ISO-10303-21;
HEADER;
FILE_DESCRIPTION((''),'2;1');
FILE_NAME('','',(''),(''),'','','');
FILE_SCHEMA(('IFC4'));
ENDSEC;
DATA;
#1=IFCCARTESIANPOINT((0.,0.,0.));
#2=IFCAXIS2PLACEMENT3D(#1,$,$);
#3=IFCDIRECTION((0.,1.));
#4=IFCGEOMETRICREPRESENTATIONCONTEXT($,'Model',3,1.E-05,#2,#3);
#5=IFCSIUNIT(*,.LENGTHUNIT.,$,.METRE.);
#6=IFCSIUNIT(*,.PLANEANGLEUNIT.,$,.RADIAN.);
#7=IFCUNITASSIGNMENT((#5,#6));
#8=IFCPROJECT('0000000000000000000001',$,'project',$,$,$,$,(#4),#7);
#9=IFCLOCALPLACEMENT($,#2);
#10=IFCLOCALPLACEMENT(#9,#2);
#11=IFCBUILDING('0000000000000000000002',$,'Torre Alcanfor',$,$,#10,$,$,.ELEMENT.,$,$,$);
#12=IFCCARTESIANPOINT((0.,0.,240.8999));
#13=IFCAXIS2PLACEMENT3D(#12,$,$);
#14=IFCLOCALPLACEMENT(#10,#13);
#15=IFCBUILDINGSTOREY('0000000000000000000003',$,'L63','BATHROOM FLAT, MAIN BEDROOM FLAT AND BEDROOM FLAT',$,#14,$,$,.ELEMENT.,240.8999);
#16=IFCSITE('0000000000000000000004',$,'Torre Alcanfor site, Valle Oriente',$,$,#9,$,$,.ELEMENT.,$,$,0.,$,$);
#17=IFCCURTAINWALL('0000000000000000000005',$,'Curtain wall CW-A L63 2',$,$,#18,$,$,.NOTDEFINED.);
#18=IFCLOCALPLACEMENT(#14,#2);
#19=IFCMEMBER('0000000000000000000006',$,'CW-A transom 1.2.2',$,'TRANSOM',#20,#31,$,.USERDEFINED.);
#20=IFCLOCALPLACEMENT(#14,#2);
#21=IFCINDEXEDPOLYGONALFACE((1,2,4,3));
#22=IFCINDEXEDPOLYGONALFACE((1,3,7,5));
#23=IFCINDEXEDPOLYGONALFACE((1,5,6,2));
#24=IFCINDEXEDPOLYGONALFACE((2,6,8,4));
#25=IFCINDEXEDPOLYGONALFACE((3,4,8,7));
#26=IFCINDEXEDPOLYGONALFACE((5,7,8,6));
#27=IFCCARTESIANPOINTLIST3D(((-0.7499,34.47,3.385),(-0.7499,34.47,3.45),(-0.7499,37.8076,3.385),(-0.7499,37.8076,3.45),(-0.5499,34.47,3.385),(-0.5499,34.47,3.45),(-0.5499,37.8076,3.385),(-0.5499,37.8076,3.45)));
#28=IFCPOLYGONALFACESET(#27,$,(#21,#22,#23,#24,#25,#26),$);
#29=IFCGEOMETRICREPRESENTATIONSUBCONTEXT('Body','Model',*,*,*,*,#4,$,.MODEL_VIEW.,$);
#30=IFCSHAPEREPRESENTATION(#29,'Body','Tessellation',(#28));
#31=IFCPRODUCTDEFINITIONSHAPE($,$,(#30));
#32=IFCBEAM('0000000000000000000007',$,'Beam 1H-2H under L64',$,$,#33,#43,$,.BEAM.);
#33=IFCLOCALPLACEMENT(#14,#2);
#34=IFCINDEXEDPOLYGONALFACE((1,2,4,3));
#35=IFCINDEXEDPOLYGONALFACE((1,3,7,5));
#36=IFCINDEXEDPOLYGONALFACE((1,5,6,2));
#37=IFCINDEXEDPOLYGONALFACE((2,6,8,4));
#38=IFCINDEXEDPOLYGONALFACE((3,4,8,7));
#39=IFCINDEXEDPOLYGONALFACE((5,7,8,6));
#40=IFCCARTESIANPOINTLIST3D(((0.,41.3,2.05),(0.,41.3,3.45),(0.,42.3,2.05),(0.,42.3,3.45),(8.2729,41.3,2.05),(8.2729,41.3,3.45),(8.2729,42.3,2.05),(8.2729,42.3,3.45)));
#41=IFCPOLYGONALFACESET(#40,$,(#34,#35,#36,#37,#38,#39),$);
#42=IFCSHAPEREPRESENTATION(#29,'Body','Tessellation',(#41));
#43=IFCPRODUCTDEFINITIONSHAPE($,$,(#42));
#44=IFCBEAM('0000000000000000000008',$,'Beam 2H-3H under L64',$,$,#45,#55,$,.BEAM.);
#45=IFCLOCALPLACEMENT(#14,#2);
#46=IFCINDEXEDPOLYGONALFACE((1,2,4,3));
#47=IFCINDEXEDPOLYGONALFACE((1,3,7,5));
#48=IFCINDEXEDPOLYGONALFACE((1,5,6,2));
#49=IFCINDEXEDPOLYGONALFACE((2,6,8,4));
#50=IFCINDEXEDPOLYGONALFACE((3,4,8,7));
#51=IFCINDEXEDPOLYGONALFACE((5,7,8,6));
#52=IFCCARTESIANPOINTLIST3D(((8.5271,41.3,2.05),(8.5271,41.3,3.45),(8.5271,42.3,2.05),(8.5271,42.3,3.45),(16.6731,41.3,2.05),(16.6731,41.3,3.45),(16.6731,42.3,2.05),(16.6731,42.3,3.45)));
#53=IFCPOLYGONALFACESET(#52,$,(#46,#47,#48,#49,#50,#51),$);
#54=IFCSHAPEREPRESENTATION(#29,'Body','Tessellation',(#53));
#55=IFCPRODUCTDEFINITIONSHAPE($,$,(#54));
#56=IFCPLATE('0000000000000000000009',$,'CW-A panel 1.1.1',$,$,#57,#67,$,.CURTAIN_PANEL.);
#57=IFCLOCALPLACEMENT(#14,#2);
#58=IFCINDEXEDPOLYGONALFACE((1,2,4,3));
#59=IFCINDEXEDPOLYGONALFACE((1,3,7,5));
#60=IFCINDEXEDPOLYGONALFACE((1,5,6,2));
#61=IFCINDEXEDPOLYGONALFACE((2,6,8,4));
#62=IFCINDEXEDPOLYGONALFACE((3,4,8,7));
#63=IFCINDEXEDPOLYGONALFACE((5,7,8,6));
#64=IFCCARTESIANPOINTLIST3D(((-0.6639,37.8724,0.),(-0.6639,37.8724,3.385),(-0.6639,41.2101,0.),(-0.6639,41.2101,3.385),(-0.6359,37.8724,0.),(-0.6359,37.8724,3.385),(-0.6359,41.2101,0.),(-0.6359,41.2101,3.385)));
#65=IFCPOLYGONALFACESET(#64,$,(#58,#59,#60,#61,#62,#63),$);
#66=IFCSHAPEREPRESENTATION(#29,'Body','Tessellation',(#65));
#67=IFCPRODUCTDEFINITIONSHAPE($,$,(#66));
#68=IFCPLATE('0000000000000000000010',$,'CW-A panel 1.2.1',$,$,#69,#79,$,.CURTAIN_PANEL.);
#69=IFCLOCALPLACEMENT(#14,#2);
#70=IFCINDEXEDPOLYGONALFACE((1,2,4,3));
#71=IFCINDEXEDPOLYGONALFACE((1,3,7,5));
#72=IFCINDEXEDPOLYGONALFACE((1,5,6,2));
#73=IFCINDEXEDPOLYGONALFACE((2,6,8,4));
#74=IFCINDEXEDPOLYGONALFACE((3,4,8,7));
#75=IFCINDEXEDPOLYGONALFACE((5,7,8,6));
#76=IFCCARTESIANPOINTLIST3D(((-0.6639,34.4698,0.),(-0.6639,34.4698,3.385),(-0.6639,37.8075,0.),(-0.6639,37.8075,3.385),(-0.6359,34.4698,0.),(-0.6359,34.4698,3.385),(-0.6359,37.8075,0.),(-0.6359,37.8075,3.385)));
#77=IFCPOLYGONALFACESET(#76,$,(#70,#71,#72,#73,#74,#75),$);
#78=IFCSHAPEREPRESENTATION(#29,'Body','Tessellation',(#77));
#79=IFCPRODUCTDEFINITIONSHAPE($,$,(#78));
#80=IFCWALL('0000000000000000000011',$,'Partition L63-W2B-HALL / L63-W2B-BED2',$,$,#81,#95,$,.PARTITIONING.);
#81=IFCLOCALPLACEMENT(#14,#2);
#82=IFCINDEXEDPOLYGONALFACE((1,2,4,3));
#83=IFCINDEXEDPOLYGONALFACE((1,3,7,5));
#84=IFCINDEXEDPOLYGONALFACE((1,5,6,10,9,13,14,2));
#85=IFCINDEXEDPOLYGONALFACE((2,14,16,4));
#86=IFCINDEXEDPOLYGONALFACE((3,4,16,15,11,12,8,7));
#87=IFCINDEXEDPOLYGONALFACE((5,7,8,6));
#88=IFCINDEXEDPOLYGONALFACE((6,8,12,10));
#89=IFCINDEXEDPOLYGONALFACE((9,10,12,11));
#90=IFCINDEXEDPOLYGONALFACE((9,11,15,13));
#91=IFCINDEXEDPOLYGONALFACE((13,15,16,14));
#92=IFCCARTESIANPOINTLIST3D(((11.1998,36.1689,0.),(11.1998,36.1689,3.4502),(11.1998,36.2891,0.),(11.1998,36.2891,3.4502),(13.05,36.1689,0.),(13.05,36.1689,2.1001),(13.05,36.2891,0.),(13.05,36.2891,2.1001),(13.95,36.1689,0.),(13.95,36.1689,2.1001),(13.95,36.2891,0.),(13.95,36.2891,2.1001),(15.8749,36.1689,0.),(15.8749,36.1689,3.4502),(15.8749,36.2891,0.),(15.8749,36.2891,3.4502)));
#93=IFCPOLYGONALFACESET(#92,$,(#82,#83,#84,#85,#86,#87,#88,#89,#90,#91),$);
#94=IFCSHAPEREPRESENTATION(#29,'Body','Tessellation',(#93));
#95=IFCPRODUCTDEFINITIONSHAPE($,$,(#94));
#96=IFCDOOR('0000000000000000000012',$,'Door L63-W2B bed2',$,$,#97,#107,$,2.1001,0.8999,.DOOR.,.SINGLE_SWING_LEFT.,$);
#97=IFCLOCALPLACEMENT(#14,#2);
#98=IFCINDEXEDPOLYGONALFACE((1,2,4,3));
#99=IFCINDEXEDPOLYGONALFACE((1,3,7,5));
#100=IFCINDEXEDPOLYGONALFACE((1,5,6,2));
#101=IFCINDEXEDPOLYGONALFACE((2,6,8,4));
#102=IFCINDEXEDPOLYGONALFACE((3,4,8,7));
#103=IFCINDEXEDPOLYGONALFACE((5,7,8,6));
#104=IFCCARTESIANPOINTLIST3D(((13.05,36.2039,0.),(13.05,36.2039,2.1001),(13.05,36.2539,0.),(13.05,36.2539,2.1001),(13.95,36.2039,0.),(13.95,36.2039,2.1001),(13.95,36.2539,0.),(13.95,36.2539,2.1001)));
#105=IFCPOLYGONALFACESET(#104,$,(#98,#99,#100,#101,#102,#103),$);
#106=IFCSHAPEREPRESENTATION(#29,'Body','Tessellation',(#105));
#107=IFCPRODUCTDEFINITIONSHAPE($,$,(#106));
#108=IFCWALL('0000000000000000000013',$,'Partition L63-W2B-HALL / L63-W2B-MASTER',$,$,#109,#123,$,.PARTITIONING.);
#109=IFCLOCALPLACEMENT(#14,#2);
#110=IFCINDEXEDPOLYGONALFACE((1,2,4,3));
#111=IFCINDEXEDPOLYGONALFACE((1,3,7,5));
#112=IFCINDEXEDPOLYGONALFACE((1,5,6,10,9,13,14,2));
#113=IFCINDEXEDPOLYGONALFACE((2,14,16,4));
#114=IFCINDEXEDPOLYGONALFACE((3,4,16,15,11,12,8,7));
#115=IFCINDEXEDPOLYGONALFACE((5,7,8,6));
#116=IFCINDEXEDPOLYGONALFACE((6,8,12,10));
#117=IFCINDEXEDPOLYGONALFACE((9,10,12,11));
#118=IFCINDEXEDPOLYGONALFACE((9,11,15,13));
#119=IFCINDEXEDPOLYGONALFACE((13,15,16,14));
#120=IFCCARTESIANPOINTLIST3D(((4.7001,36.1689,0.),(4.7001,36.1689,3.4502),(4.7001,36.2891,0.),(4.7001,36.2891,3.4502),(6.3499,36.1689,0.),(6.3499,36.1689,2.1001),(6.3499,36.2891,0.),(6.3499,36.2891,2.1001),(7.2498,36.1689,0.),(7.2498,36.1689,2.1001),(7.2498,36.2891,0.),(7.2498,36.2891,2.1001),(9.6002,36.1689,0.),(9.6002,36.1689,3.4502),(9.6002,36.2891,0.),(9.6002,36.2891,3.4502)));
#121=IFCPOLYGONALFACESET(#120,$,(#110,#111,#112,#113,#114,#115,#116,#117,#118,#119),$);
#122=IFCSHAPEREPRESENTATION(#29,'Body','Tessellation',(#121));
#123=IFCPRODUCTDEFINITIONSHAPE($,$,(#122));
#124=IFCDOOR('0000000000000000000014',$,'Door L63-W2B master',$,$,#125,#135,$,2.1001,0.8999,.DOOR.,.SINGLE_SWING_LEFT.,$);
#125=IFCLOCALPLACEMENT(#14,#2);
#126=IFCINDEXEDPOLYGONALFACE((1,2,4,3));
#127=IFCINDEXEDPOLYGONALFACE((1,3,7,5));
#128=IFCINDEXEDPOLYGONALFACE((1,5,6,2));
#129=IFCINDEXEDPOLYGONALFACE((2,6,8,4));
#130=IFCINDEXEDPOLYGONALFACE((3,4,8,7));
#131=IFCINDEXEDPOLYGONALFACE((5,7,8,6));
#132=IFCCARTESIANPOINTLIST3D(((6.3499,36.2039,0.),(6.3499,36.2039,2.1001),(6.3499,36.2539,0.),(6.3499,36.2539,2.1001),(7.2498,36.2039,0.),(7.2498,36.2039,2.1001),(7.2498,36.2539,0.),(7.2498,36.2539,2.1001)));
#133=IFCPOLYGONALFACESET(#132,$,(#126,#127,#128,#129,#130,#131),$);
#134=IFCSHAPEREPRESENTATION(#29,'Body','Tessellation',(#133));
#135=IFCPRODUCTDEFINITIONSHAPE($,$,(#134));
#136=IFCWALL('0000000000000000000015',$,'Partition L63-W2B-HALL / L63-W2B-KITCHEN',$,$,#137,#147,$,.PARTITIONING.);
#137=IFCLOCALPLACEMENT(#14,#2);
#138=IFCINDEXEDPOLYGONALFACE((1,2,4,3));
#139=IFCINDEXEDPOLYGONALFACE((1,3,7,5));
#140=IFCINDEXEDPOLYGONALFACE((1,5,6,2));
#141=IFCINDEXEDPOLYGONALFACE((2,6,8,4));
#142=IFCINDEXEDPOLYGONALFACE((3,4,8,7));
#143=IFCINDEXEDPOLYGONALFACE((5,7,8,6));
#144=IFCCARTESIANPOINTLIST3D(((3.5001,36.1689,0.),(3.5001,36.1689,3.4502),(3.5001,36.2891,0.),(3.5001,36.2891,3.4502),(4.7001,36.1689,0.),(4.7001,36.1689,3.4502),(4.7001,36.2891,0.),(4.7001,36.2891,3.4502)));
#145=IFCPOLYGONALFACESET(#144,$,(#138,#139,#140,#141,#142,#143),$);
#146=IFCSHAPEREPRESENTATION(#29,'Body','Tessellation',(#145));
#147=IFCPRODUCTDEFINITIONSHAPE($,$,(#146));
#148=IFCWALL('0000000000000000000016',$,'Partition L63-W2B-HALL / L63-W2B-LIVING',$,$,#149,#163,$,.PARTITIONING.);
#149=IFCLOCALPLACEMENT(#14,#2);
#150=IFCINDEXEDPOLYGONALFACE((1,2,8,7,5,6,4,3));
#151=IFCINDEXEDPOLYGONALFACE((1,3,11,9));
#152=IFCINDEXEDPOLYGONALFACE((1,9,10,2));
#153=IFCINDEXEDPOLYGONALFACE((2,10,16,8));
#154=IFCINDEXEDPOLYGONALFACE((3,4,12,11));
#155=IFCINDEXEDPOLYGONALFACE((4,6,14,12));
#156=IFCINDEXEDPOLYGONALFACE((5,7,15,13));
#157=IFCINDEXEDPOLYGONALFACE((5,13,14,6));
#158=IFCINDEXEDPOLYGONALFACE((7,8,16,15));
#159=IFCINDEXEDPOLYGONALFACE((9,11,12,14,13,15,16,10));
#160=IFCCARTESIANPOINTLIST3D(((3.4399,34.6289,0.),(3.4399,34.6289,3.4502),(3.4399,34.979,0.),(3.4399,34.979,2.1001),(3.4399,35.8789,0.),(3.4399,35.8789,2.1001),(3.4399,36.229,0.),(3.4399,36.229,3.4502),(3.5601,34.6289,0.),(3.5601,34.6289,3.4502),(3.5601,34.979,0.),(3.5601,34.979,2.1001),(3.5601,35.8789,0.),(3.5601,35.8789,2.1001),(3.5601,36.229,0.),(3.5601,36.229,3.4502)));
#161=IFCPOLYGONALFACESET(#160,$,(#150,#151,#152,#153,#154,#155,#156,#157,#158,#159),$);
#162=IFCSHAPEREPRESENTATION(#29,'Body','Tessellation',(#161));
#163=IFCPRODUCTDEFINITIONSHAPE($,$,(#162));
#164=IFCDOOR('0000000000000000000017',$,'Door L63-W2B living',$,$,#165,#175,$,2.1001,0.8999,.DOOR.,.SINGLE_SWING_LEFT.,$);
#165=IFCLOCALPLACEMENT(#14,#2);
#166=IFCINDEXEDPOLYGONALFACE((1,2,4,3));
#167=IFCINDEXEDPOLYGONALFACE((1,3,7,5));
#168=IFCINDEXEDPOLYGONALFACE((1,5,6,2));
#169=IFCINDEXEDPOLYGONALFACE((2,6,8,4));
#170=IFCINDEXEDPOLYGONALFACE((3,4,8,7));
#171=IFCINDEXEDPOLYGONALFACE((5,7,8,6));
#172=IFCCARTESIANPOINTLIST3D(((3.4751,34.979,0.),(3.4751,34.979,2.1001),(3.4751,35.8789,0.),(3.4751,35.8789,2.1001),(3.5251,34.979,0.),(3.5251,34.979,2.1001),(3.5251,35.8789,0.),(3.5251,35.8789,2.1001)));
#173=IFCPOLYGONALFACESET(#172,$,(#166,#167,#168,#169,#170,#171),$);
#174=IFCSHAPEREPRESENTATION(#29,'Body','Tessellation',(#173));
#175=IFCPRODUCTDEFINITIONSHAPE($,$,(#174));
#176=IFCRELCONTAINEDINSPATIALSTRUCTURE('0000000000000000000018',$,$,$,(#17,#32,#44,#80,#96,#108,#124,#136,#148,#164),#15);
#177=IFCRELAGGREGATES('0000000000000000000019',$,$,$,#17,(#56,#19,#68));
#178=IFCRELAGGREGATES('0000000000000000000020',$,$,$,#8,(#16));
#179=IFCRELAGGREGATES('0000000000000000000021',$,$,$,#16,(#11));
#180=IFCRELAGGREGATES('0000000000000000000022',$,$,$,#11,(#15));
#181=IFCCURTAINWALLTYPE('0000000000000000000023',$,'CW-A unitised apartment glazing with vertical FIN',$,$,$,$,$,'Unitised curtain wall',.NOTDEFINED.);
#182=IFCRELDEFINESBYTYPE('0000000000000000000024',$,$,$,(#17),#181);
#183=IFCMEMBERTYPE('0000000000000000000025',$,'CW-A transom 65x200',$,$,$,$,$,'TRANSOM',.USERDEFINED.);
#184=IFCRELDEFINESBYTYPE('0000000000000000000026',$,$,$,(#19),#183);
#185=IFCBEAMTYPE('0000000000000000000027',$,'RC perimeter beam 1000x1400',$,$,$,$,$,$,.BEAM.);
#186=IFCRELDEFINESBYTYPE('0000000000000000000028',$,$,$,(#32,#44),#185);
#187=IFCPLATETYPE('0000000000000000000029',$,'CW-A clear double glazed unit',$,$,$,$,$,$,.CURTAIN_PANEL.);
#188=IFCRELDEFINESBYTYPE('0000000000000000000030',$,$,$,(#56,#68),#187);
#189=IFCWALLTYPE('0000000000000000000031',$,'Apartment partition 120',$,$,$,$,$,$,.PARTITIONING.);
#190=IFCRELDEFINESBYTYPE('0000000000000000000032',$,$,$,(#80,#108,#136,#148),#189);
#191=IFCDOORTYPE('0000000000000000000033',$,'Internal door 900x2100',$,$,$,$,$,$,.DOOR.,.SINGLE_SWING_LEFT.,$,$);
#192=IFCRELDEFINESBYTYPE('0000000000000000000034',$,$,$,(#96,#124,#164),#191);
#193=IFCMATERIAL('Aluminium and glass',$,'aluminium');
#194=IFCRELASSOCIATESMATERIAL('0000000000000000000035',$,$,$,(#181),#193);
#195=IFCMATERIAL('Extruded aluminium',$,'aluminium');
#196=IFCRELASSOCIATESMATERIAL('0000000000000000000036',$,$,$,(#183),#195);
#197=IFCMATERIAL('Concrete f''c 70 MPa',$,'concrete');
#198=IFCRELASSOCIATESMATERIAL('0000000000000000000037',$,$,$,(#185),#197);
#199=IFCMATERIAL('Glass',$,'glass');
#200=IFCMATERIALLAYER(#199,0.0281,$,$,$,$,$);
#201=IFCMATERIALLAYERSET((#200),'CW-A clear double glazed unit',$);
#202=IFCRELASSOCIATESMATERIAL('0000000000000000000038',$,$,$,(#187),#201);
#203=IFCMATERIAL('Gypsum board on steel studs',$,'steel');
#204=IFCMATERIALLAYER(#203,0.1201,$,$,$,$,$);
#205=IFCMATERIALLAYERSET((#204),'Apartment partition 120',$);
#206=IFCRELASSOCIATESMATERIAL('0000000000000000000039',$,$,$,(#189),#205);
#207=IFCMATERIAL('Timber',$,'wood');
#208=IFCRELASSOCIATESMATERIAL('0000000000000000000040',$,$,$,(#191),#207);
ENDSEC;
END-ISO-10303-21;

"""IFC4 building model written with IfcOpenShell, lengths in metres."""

from ifc_helpers import new_model, si_unit, direction, frame, frame_2d, origin, origin_2d, place, context, subcontext, project, spatial, rectangle, extrude, material, layer, layer_set, material_profile, profile_set, type_object, element, fill, aggregate, save


model = new_model("IFC4")

# Units and contexts
model_context = context("Model", 3, precision=1e-05, world=origin(), true_north=direction((0.0, 1.0)))
body_context = subcontext(model_context, "Body", "Model", "MODEL_VIEW")
ifc_project = project(units=[si_unit("LENGTHUNIT", "METRE"), si_unit("PLANEANGLEUNIT", "RADIAN")], contexts=[model_context])

# Site, building, storey
site_placement = place(None, origin())
site = spatial("IfcSite", under=ifc_project, at=site_placement, Name="Torre Alcanfor site, Valle Oriente", CompositionType="ELEMENT", RefElevation=0.0)
building_placement = place(site_placement, origin())
building = spatial("IfcBuilding", under=site, at=building_placement, Name="Torre Alcanfor", CompositionType="ELEMENT")
storey_placement = place(building_placement, frame((0.0, 0.0, 240.8999)))
storey = spatial("IfcBuildingStorey", under=building, at=storey_placement, Name="L63", Description="BATHROOM FLAT, MAIN BEDROOM FLAT AND BEDROOM FLAT", CompositionType="ELEMENT", Elevation=240.8999)

# Curtain wall, member
ifc_material_1 = material(Name="Aluminium and glass", Category="aluminium")
curtain_wall_type = type_object("IfcCurtainWallType", Name="CW-A unitised apartment glazing with vertical FIN", ElementType="Unitised curtain wall", PredefinedType="NOTDEFINED", material=ifc_material_1)
curtain_wall_placement = place(storey_placement, origin())
curtain_wall = element("IfcCurtainWall", 1, at=curtain_wall_placement, inside=storey, type_object=curtain_wall_type, Name="Curtain wall CW-A L63 2", PredefinedType="NOTDEFINED")
ifc_material_2 = material(Name="Extruded aluminium", Category="aluminium")
ifc_material_profile_1 = material_profile(ifc_material_2, rectangle(XDim=0.2, YDim=0.0649, at=origin_2d()), Name="CW-A transom 200x65")
ifc_profile_set_1 = profile_set([ifc_material_profile_1], Name="Extruded aluminium")
member_type_1 = type_object("IfcMemberType", Name="CW-A transom 65x200", ElementType="TRANSOM", PredefinedType="USERDEFINED", material=ifc_profile_set_1)
member_1_placement = place(storey_placement, frame((-0.6499, 37.8076, 3.4175), z_axis=(0.0, -1.0, 0.0), x_axis=(1.0, 0.0, 0.0)))
member_1 = element("IfcMember", 2, at=member_1_placement, type_object=member_type_1, Name="CW-A transom 1.2.2", ObjectType="TRANSOM", PredefinedType="USERDEFINED", context=body_context, shape_type="SweptSolid", body=[
    extrude(rectangle(XDim=0.2, YDim=0.0649, at=origin_2d()), origin(), (0.0, 0.0, 1.0), 3.3376),
])

# Beams
ifc_material_3 = material(Name="Concrete f'c 70 MPa", Category="concrete")
ifc_material_profile_2 = material_profile(ifc_material_3, rectangle(XDim=1.0, YDim=1.3999, at=origin_2d()), Name="1000x1400")
ifc_profile_set_2 = profile_set([ifc_material_profile_2], Name="Concrete f'c 70 MPa")
beam_type_1 = type_object("IfcBeamType", Name="RC perimeter beam 1000x1400", PredefinedType="BEAM", material=ifc_profile_set_2)
beam_1_placement = place(storey_placement, frame((0.0, 41.8, 2.75), z_axis=(1.0, 0.0, 0.0), x_axis=(0.0, 1.0, 0.0)))
element("IfcBeam", 3, at=beam_1_placement, inside=storey, type_object=beam_type_1, Name="Beam 1H-2H under L64", PredefinedType="BEAM", context=body_context, shape_type="SweptSolid", body=[
    extrude(rectangle(XDim=1.0, YDim=1.3999, at=origin_2d()), origin(), (0.0, 0.0, 1.0), 8.2729),
])
beam_2_placement = place(storey_placement, frame((8.5271, 41.8, 2.75), z_axis=(1.0, 0.0, 0.0), x_axis=(0.0, 1.0, 0.0)))
element("IfcBeam", 4, at=beam_2_placement, inside=storey, type_object=beam_type_1, Name="Beam 2H-3H under L64", PredefinedType="BEAM", context=body_context, shape_type="SweptSolid", body=[
    extrude(rectangle(XDim=1.0, YDim=1.3999, at=origin_2d()), origin(), (0.0, 0.0, 1.0), 8.146),
])

# Plates
ifc_material_4 = material(Name="Glass", Category="glass")
ifc_layer_1 = layer(ifc_material_4, 0.0281)
ifc_layer_set_1 = layer_set([ifc_layer_1], Name="CW-A clear double glazed unit")
plate_type = type_object("IfcPlateType", Name="CW-A clear double glazed unit", PredefinedType="CURTAIN_PANEL", material=ifc_layer_set_1)
plate_1_placement = place(storey_placement, frame((-0.6499, 39.5413, 0.0), z_axis=(0.0, 0.0, 1.0), x_axis=(0.0, -1.0, 0.0)))
plate_1 = element("IfcPlate", 5, at=plate_1_placement, type_object=plate_type, Name="CW-A panel 1.1.1", PredefinedType="CURTAIN_PANEL", context=body_context, shape_type="SweptSolid", body=[
    extrude(rectangle(XDim=3.3376, YDim=0.0281, at=origin_2d()), origin(), (0.0, 0.0, 1.0), 3.385),
])
plate_2_placement = place(storey_placement, frame((-0.6499, 36.1387, 0.0), z_axis=(0.0, 0.0, 1.0), x_axis=(0.0, -1.0, 0.0)))
plate_2 = element("IfcPlate", 6, at=plate_2_placement, type_object=plate_type, Name="CW-A panel 1.2.1", PredefinedType="CURTAIN_PANEL", context=body_context, shape_type="SweptSolid", body=[
    extrude(rectangle(XDim=3.3376, YDim=0.0281, at=origin_2d()), origin(), (0.0, 0.0, 1.0), 3.385),
])
aggregate(curtain_wall, [plate_1, member_1, plate_2])

# Walls, openings, doors
ifc_material_5 = material(Name="Gypsum board on steel studs", Category="steel")
ifc_layer_2 = layer(ifc_material_5, 0.1201)
ifc_layer_set_2 = layer_set([ifc_layer_2], Name="Apartment partition 120")
wall_type_1 = type_object("IfcWallType", Name="Apartment partition 120", PredefinedType="PARTITIONING", material=ifc_layer_set_2)
wall_1_placement = place(storey_placement, frame((11.2, 36.229, 0.0), z_axis=(0.0, 0.0, 1.0), x_axis=(1.0, 0.0, 0.0)))
wall_1 = element("IfcWall", 7, at=wall_1_placement, inside=storey, type_object=wall_type_1, Name="Partition L63-W2B-HALL / L63-W2B-BED2", PredefinedType="PARTITIONING", context=body_context, shape_type="SweptSolid", body=[
    extrude(rectangle(XDim=4.675, YDim=0.1201, at=frame_2d((2.3374, 0.0))), origin(), (0.0, 0.0, 1.0), 3.4502),
])
opening_1_placement = place(wall_1_placement, frame((1.8501, 0.0, 0.0)))
opening_1 = element("IfcOpeningElement", 8, at=opening_1_placement, cuts=wall_1, PredefinedType="OPENING", context=body_context, shape_type="SweptSolid", body=[
    extrude(rectangle(XDim=0.8999, YDim=2.1001, at=frame_2d((0.45, 1.05))), frame((0.0, 0.0701, 0.0), z_axis=(0.0, -1.0, 0.0), x_axis=(1.0, 0.0, 0.0)), (0.0, 0.0, 1.0), 0.1401),
])
ifc_material_6 = material(Name="Timber", Category="wood")
door_type_1 = type_object("IfcDoorType", Name="Internal door 900x2100", OperationType="SINGLE_SWING_LEFT", PredefinedType="DOOR", material=ifc_material_6)
door_1_placement = place(opening_1_placement, origin())
door_1 = element("IfcDoor", 9, at=door_1_placement, inside=storey, type_object=door_type_1, Name="Door L63-W2B bed2", OperationType="SINGLE_SWING_LEFT", OverallHeight=2.1001, OverallWidth=0.8999, PredefinedType="DOOR", context=body_context, shape_type="SweptSolid", body=[
    extrude(rectangle(XDim=0.8999, YDim=2.1001, at=frame_2d((0.45, 1.05))), frame((0.0, 0.0249, 0.0), z_axis=(0.0, -1.0, 0.0), x_axis=(1.0, 0.0, 0.0)), (0.0, 0.0, 1.0), 0.05),
])
fill(opening_1, door_1)
wall_2_placement = place(storey_placement, frame((4.7, 36.229, 0.0), z_axis=(0.0, 0.0, 1.0), x_axis=(1.0, 0.0, 0.0)))
wall_2 = element("IfcWall", 10, at=wall_2_placement, inside=storey, type_object=wall_type_1, Name="Partition L63-W2B-HALL / L63-W2B-MASTER", PredefinedType="PARTITIONING", context=body_context, shape_type="SweptSolid", body=[
    extrude(rectangle(XDim=4.9001, YDim=0.1201, at=frame_2d((2.4502, 0.0))), origin(), (0.0, 0.0, 1.0), 3.4502),
])
opening_2_placement = place(wall_2_placement, frame((1.6499, 0.0, 0.0)))
opening_2 = element("IfcOpeningElement", 11, at=opening_2_placement, cuts=wall_2, PredefinedType="OPENING", context=body_context, shape_type="SweptSolid", body=[
    extrude(rectangle(XDim=0.8999, YDim=2.1001, at=frame_2d((0.45, 1.05))), frame((0.0, 0.0701, 0.0), z_axis=(0.0, -1.0, 0.0), x_axis=(1.0, 0.0, 0.0)), (0.0, 0.0, 1.0), 0.1401),
])
door_2_placement = place(opening_2_placement, origin())
door_2 = element("IfcDoor", 12, at=door_2_placement, inside=storey, type_object=door_type_1, Name="Door L63-W2B master", OperationType="SINGLE_SWING_LEFT", OverallHeight=2.1001, OverallWidth=0.8999, PredefinedType="DOOR", context=body_context, shape_type="SweptSolid", body=[
    extrude(rectangle(XDim=0.8999, YDim=2.1001, at=frame_2d((0.45, 1.05))), frame((0.0, 0.0249, 0.0), z_axis=(0.0, -1.0, 0.0), x_axis=(1.0, 0.0, 0.0)), (0.0, 0.0, 1.0), 0.05),
])
fill(opening_2, door_2)

# Wall
wall_3_placement = place(storey_placement, frame((3.5, 36.229, 0.0), z_axis=(0.0, 0.0, 1.0), x_axis=(1.0, 0.0, 0.0)))
element("IfcWall", 13, at=wall_3_placement, inside=storey, type_object=wall_type_1, Name="Partition L63-W2B-HALL / L63-W2B-KITCHEN", PredefinedType="PARTITIONING", context=body_context, shape_type="SweptSolid", body=[
    extrude(rectangle(XDim=1.2, YDim=0.1201, at=frame_2d((0.6001, 0.0))), origin(), (0.0, 0.0, 1.0), 3.4502),
])

# Wall, opening, door
wall_4_placement = place(storey_placement, frame((3.5, 34.6289, 0.0), z_axis=(0.0, 0.0, 1.0), x_axis=(0.0, 1.0, 0.0)))
wall_4 = element("IfcWall", 14, at=wall_4_placement, inside=storey, type_object=wall_type_1, Name="Partition L63-W2B-HALL / L63-W2B-LIVING", PredefinedType="PARTITIONING", context=body_context, shape_type="SweptSolid", body=[
    extrude(rectangle(XDim=1.6001, YDim=0.1201, at=frame_2d((0.8, 0.0))), origin(), (0.0, 0.0, 1.0), 3.4502),
])
opening_3_placement = place(wall_4_placement, frame((0.3501, 0.0, 0.0)))
opening_3 = element("IfcOpeningElement", 15, at=opening_3_placement, cuts=wall_4, PredefinedType="OPENING", context=body_context, shape_type="SweptSolid", body=[
    extrude(rectangle(XDim=0.8999, YDim=2.1001, at=frame_2d((0.45, 1.05))), frame((0.0, 0.0701, 0.0), z_axis=(0.0, -1.0, 0.0), x_axis=(1.0, 0.0, 0.0)), (0.0, 0.0, 1.0), 0.1401),
])
door_3_placement = place(opening_3_placement, origin())
door_3 = element("IfcDoor", 16, at=door_3_placement, inside=storey, type_object=door_type_1, Name="Door L63-W2B living", OperationType="SINGLE_SWING_LEFT", OverallHeight=2.1001, OverallWidth=0.8999, PredefinedType="DOOR", context=body_context, shape_type="SweptSolid", body=[
    extrude(rectangle(XDim=0.8999, YDim=2.1001, at=frame_2d((0.45, 1.05))), frame((0.0, 0.0249, 0.0), z_axis=(0.0, -1.0, 0.0), x_axis=(1.0, 0.0, 0.0)), (0.0, 0.0, 1.0), 0.05),
])
fill(opening_3, door_3)

save(model, "model.ifc")
